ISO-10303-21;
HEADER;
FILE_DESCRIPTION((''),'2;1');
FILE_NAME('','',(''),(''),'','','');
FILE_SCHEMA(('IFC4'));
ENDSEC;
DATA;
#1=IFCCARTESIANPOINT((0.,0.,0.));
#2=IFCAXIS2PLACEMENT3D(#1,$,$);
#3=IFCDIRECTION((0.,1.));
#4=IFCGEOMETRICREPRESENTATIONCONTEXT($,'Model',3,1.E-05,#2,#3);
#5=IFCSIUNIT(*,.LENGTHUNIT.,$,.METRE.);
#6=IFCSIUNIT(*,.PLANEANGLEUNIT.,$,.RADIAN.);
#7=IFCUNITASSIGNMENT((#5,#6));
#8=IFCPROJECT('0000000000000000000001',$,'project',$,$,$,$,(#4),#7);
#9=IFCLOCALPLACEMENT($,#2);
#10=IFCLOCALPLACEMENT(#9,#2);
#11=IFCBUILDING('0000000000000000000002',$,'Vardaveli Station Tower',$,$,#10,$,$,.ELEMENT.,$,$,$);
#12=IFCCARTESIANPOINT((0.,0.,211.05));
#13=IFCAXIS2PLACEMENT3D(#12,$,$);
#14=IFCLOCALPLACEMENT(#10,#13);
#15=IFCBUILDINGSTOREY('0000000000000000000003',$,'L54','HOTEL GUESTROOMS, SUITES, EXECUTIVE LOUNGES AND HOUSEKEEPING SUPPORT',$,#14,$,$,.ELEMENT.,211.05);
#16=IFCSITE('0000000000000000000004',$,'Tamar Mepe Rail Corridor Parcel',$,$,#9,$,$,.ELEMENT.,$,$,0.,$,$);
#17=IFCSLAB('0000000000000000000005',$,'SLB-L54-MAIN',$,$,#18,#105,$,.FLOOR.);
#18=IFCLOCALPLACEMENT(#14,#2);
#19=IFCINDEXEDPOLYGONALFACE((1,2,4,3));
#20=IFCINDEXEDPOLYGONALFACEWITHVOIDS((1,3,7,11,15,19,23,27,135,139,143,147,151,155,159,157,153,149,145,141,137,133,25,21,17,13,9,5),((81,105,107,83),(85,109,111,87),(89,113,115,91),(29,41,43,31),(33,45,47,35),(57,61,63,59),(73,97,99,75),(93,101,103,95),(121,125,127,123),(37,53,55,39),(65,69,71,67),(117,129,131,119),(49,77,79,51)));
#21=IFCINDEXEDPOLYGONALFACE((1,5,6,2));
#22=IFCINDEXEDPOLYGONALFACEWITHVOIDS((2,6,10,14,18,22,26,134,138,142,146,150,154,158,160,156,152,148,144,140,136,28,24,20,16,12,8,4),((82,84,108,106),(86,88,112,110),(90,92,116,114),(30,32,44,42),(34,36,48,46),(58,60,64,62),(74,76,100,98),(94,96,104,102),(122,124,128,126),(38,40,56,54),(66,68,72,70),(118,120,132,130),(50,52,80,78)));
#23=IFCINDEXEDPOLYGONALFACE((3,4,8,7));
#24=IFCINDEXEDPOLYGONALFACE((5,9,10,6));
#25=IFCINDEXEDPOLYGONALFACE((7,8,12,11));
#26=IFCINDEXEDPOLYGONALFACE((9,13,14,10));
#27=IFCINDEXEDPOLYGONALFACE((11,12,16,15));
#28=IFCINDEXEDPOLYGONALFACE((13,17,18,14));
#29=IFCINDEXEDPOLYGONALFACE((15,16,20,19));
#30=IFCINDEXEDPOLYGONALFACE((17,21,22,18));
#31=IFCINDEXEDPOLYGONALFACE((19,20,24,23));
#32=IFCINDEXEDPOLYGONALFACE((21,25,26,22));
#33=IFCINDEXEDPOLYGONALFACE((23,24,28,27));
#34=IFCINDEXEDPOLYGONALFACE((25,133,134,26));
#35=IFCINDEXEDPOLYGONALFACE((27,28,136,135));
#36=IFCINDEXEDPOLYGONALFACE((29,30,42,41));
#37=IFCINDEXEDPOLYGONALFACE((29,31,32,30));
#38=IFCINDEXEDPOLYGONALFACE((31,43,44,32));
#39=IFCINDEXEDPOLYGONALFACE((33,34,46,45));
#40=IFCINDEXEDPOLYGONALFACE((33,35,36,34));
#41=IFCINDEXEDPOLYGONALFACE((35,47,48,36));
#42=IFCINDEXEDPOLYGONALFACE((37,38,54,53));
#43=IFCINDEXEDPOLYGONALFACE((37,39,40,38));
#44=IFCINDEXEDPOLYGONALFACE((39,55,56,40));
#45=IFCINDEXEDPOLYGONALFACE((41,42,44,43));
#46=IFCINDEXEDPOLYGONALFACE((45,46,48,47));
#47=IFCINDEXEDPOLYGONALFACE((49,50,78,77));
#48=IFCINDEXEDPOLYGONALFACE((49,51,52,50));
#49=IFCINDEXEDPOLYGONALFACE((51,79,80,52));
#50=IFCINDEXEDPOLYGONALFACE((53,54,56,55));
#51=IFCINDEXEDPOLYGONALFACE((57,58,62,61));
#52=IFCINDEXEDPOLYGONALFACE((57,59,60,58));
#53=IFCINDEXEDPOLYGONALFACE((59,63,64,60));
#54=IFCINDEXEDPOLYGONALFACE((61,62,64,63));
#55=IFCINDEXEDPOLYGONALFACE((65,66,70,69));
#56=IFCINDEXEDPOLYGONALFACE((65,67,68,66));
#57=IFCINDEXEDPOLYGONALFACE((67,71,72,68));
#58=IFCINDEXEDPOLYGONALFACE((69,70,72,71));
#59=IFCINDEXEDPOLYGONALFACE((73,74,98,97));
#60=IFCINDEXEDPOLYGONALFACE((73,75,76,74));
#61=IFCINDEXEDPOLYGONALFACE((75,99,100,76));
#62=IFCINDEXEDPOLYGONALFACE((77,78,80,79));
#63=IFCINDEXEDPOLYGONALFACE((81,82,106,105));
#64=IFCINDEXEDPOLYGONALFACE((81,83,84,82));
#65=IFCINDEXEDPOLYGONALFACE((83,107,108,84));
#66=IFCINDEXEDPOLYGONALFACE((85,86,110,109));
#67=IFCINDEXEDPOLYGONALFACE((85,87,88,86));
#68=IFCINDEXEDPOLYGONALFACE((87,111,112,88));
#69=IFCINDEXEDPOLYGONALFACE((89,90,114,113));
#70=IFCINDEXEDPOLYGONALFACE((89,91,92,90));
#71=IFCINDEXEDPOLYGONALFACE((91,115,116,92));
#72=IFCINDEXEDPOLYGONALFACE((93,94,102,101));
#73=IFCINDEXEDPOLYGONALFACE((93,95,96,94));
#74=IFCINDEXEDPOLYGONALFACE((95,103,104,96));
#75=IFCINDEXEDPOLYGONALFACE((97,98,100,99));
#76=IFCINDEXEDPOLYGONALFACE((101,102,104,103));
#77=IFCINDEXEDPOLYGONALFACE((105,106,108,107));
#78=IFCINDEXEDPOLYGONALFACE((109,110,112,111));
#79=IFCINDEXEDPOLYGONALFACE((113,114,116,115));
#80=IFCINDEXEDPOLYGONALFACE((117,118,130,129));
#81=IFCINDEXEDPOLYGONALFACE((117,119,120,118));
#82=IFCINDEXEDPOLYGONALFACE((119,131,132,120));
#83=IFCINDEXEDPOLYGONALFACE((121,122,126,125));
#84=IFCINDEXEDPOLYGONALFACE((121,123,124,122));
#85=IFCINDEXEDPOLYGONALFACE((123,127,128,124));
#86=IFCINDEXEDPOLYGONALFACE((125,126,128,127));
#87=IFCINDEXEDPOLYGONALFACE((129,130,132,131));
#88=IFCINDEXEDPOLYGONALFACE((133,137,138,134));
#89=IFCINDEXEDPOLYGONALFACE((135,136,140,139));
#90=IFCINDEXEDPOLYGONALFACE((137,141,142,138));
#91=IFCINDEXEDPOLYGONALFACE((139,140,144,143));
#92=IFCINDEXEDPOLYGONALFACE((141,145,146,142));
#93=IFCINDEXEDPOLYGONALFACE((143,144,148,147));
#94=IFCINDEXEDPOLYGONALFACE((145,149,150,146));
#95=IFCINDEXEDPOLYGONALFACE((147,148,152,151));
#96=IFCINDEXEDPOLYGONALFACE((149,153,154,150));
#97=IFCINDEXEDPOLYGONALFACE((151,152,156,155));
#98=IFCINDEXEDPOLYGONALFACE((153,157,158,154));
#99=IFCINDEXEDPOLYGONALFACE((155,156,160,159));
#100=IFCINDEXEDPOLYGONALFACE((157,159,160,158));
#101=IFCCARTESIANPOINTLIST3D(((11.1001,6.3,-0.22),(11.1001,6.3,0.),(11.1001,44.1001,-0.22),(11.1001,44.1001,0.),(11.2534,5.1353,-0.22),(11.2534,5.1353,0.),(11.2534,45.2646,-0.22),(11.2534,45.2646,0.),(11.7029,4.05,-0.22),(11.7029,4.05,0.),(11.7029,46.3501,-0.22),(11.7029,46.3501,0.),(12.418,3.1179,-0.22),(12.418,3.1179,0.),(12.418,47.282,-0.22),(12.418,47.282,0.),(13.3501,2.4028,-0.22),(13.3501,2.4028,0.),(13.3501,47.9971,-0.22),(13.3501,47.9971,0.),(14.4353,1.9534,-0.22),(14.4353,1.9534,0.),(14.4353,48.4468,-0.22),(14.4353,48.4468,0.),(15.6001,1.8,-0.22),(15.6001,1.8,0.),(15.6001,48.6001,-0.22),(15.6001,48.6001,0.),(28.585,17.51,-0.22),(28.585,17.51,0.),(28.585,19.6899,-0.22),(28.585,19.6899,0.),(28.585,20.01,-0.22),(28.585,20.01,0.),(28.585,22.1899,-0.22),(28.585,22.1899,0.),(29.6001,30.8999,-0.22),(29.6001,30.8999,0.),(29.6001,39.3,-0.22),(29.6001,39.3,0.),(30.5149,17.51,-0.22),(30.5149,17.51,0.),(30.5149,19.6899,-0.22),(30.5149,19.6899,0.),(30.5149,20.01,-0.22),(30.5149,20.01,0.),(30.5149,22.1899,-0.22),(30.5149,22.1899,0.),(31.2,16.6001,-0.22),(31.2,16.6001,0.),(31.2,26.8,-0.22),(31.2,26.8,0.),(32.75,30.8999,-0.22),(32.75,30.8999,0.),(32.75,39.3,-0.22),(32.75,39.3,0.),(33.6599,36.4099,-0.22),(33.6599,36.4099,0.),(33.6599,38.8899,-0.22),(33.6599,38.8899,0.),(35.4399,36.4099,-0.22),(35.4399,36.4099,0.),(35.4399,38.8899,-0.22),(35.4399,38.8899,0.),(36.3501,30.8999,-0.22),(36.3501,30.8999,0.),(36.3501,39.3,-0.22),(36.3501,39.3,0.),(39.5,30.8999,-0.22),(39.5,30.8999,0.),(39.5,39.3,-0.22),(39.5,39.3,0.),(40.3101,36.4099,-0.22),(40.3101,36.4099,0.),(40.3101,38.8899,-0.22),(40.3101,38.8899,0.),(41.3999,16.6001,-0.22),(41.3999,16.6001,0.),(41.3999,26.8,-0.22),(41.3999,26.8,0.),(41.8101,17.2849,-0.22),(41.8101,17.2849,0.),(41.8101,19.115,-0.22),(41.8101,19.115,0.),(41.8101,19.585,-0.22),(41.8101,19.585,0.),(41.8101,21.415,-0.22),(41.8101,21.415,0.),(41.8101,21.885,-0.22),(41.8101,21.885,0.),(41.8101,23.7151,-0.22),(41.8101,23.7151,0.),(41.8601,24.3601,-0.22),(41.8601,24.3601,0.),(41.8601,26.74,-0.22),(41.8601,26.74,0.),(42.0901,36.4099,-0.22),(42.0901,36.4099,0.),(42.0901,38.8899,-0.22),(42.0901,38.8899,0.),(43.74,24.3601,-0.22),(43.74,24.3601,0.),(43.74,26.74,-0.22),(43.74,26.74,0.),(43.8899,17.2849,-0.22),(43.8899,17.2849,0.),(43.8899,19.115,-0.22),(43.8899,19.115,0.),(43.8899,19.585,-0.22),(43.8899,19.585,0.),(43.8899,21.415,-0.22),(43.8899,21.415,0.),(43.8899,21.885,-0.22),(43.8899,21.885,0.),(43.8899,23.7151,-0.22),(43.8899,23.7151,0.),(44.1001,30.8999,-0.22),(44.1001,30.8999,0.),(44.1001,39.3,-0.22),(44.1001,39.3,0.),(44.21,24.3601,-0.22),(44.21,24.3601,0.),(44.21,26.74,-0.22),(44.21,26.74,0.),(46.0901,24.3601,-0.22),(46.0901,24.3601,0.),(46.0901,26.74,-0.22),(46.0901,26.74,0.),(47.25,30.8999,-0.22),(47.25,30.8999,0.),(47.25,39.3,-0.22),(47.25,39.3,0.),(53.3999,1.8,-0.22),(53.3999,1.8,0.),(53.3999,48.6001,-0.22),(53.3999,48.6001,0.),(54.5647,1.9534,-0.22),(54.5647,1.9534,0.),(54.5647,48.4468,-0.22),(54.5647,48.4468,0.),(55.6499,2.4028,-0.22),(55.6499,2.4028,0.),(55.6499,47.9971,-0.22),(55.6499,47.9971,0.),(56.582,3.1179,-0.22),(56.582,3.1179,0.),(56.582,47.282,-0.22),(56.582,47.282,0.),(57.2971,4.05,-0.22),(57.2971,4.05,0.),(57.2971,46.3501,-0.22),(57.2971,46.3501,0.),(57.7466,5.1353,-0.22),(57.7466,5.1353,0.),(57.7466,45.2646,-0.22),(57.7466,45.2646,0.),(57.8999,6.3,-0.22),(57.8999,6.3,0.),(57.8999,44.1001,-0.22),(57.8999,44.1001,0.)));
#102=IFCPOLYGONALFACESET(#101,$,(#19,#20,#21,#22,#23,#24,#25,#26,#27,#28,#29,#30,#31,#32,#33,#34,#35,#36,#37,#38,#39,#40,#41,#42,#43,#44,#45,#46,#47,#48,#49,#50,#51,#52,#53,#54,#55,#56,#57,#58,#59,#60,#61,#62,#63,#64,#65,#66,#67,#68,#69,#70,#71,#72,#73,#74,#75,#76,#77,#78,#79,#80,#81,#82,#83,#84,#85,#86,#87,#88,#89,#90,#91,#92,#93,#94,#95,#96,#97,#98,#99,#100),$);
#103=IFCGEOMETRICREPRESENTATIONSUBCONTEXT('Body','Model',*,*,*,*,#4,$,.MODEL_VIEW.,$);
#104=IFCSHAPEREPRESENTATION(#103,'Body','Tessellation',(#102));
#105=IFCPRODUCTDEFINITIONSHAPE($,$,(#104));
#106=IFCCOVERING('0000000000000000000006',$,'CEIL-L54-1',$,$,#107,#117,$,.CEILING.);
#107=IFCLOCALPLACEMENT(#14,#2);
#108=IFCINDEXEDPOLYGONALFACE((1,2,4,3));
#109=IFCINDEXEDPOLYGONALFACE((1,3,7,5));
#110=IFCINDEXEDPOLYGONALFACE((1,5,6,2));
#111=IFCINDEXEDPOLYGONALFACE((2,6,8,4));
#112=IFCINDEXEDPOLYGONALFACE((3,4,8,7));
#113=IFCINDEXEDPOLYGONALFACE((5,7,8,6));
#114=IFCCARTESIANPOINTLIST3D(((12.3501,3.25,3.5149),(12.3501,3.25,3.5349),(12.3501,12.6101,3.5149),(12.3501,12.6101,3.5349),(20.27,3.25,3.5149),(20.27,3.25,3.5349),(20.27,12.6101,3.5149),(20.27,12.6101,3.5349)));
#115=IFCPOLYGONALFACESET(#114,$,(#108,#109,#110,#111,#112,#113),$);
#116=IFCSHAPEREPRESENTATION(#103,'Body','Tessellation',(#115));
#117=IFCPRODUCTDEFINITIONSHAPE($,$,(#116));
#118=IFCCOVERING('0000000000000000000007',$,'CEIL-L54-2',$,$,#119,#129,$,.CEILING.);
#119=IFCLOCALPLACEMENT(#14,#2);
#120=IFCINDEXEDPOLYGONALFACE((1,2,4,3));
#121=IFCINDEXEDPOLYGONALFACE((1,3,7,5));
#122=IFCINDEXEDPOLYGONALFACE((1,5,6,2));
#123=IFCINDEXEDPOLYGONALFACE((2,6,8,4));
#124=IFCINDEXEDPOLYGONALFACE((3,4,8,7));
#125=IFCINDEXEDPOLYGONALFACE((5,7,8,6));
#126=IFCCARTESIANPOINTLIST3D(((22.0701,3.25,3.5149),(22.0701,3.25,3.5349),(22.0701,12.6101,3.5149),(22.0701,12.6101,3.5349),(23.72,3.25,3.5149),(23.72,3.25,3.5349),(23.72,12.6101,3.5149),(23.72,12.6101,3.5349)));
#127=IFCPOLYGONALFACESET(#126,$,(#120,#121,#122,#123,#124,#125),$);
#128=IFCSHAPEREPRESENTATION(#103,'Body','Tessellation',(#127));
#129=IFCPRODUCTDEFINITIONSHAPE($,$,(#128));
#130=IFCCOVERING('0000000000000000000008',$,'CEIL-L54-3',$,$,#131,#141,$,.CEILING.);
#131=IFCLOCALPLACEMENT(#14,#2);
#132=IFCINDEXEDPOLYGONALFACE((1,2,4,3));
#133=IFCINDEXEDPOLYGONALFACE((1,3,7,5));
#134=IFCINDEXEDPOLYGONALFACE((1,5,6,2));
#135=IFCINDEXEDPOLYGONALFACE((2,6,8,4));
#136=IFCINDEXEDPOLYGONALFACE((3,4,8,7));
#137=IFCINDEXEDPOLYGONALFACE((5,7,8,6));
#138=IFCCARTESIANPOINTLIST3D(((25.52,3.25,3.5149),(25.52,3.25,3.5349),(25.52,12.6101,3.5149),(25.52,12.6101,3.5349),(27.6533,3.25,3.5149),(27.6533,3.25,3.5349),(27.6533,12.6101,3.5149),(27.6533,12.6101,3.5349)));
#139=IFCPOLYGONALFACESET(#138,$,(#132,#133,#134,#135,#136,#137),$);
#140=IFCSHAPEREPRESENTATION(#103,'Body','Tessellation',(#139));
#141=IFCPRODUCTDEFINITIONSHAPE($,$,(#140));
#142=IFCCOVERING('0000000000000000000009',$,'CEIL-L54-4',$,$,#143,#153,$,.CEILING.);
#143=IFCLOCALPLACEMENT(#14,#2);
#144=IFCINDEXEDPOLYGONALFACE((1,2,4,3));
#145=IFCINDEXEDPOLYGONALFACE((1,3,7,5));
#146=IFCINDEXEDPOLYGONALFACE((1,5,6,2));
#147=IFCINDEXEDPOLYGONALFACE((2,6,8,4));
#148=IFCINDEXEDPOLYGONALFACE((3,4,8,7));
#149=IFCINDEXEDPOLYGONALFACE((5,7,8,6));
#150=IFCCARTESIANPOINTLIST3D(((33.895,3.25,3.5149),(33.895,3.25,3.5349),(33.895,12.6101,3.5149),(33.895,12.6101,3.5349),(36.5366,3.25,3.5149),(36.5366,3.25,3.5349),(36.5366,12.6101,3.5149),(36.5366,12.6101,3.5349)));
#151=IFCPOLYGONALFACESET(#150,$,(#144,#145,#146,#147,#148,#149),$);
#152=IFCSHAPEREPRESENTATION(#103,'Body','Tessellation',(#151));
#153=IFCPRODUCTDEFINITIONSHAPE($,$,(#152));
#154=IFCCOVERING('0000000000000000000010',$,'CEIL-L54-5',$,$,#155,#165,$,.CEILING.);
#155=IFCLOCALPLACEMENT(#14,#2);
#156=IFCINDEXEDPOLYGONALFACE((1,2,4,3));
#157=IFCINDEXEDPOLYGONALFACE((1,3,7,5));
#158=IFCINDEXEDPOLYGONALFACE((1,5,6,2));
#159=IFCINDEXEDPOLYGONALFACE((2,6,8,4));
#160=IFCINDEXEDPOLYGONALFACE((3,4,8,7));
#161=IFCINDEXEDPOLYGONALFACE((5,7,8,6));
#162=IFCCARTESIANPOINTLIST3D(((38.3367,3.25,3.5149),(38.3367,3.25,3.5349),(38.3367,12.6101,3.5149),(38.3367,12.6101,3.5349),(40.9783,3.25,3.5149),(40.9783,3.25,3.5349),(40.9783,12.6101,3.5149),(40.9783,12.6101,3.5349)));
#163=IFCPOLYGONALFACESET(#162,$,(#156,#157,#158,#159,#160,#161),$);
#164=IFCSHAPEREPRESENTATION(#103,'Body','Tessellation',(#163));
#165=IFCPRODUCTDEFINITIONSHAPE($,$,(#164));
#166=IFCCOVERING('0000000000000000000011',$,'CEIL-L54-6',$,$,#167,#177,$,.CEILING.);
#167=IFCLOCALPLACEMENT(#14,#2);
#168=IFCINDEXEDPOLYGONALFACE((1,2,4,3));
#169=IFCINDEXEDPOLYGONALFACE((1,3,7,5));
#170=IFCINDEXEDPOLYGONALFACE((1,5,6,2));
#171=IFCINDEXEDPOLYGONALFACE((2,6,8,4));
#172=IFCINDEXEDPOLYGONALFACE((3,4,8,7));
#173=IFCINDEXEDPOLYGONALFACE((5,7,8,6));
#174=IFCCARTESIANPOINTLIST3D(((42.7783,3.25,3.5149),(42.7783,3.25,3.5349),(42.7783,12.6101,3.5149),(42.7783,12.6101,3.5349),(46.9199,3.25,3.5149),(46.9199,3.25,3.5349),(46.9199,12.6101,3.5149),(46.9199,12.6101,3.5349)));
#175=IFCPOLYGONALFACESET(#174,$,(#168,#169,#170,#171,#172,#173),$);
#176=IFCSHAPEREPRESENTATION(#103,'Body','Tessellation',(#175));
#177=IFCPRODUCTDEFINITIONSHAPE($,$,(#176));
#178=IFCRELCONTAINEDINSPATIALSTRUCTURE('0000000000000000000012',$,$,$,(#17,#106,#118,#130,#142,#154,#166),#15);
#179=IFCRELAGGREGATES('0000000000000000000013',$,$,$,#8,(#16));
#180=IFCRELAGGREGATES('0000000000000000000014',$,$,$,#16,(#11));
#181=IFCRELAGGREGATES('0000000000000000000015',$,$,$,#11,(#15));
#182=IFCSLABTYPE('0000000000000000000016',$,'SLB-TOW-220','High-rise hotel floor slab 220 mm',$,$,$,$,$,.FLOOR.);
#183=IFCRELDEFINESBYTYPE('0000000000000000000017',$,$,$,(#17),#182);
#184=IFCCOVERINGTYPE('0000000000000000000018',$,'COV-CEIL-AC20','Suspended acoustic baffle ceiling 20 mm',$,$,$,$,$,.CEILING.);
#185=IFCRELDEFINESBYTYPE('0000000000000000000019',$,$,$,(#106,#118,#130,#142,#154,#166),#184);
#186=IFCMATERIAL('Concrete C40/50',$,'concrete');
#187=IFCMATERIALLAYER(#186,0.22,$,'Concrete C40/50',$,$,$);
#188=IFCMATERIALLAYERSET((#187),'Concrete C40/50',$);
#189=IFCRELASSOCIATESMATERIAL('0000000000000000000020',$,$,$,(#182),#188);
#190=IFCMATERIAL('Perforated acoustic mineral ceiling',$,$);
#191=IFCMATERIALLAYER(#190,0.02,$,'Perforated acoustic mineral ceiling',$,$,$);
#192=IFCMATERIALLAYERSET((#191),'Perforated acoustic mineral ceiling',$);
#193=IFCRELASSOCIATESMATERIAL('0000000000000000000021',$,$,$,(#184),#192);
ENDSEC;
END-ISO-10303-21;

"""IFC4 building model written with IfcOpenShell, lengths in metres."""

from ifc_helpers import new_model, si_unit, direction, frame, origin, place, context, subcontext, project, spatial, polyline, outline, extrude, material, layer, layer_set, type_object, element, save


model = new_model("IFC4")

# Units and contexts
model_context = context("Model", 3, precision=1e-05, world=origin(), true_north=direction((0.0, 1.0)))
body_context = subcontext(model_context, "Body", "Model", "MODEL_VIEW")
ifc_project = project(units=[si_unit("LENGTHUNIT", "METRE"), si_unit("PLANEANGLEUNIT", "RADIAN")], contexts=[model_context])

# Site, building, storey
site_placement = place(None, origin())
site = spatial("IfcSite", under=ifc_project, at=site_placement, Name="Tamar Mepe Rail Corridor Parcel", CompositionType="ELEMENT", RefElevation=0.0)
building_placement = place(site_placement, origin())
building = spatial("IfcBuilding", under=site, at=building_placement, Name="Vardaveli Station Tower", CompositionType="ELEMENT")
storey_placement = place(building_placement, frame((0.0, 0.0, 211.05)))
storey = spatial("IfcBuildingStorey", under=building, at=storey_placement, Name="L54", Description="HOTEL GUESTROOMS, SUITES, EXECUTIVE LOUNGES AND HOUSEKEEPING SUPPORT", CompositionType="ELEMENT", Elevation=211.05)

# Shared definitions
ifc_material_1 = material(Name="Concrete C40/50", Category="concrete")

# Slab
ifc_layer_1 = layer(ifc_material_1, 0.22, Name="Concrete C40/50")
ifc_layer_set_1 = layer_set([ifc_layer_1], Name="Concrete C40/50")
slab_type_1 = type_object("IfcSlabType", Name="SLB-TOW-220", Description="High-rise hotel floor slab 220 mm", PredefinedType="FLOOR", material=ifc_layer_set_1)
slab_1_placement = place(storey_placement, frame((0.0, 0.0, -0.22)))
element("IfcSlab", 1, at=slab_1_placement, inside=storey, type_object=slab_type_1, Name="SLB-L54-MAIN", PredefinedType="FLOOR", context=body_context, shape_type="SweptSolid", body=[
    extrude(outline(polyline([(11.1001, 6.3), (11.2534, 5.1353), (11.7029, 4.05), (12.418, 3.1179), (13.3501, 2.4028), (14.4353, 1.9534), (15.6001, 1.8), (53.3999, 1.8), (54.5647, 1.9534), (55.6499, 2.4028), (56.582, 3.1179), (57.2971, 4.05), (57.7466, 5.1353), (57.8999, 6.3), (57.8999, 44.1001), (57.7466, 45.2646), (57.2971, 46.3501), (56.582, 47.282), (55.6499, 47.9971), (54.5647, 48.4468), (53.3999, 48.6001), (15.6001, 48.6001), (14.4353, 48.4468), (13.3501, 47.9971), (12.418, 47.282), (11.7029, 46.3501), (11.2534, 45.2646), (11.1001, 44.1001), (11.1001, 6.3)]), holes=[polyline([(31.2, 16.6001), (41.3999, 16.6001), (41.3999, 26.8), (31.2, 26.8), (31.2, 16.6001)]), polyline([(32.75, 30.8999), (32.75, 39.3), (29.6001, 39.3), (29.6001, 30.8999), (32.75, 30.8999)]), polyline([(39.5, 30.8999), (39.5, 39.3), (36.3501, 39.3), (36.3501, 30.8999), (39.5, 30.8999)]), polyline([(47.25, 30.8999), (47.25, 39.3), (44.1001, 39.3), (44.1001, 30.8999), (47.25, 30.8999)]), polyline([(33.6599, 36.4099), (35.4399, 36.4099), (35.4399, 38.8899), (33.6599, 38.8899), (33.6599, 36.4099)]), polyline([(40.3101, 36.4099), (42.0901, 36.4099), (42.0901, 38.8899), (40.3101, 38.8899), (40.3101, 36.4099)]), polyline([(41.8101, 21.885), (43.8899, 21.885), (43.8899, 23.7151), (41.8101, 23.7151), (41.8101, 21.885)]), polyline([(41.8101, 19.585), (43.8899, 19.585), (43.8899, 21.415), (41.8101, 21.415), (41.8101, 19.585)]), polyline([(41.8101, 17.2849), (43.8899, 17.2849), (43.8899, 19.115), (41.8101, 19.115), (41.8101, 17.2849)]), polyline([(28.585, 17.51), (30.5149, 17.51), (30.5149, 19.6899), (28.585, 19.6899), (28.585, 17.51)]), polyline([(28.585, 20.01), (30.5149, 20.01), (30.5149, 22.1899), (28.585, 22.1899), (28.585, 20.01)]), polyline([(41.8601, 24.3601), (43.74, 24.3601), (43.74, 26.74), (41.8601, 26.74), (41.8601, 24.3601)]), polyline([(44.21, 24.3601), (46.0901, 24.3601), (46.0901, 26.74), (44.21, 26.74), (44.21, 24.3601)])]), origin(), (0.0, 0.0, 1.0), 0.22),
])

# Coverings
ifc_material_2 = material(Name="Perforated acoustic mineral ceiling")
ifc_layer_2 = layer(ifc_material_2, 0.02, Name="Perforated acoustic mineral ceiling")
ifc_layer_set_2 = layer_set([ifc_layer_2], Name="Perforated acoustic mineral ceiling")
covering_type_1 = type_object("IfcCoveringType", Name="COV-CEIL-AC20", Description="Suspended acoustic baffle ceiling 20 mm", PredefinedType="CEILING", material=ifc_layer_set_2)
covering_1_placement = place(storey_placement, frame((0.0, 0.0, 3.5149)))
element("IfcCovering", 2, at=covering_1_placement, inside=storey, type_object=covering_type_1, Name="CEIL-L54-1", PredefinedType="CEILING", context=body_context, shape_type="SweptSolid", body=[
    extrude(outline(polyline([(12.3501, 3.25), (20.27, 3.25), (20.27, 12.6101), (12.3501, 12.6101), (12.3501, 3.25)])), origin(), (0.0, 0.0, 1.0), 0.02),
])
covering_2_placement = place(storey_placement, frame((0.0, 0.0, 3.5149)))
element("IfcCovering", 3, at=covering_2_placement, inside=storey, type_object=covering_type_1, Name="CEIL-L54-2", PredefinedType="CEILING", context=body_context, shape_type="SweptSolid", body=[
    extrude(outline(polyline([(22.0701, 3.25), (23.72, 3.25), (23.72, 12.6101), (22.0701, 12.6101), (22.0701, 3.25)])), origin(), (0.0, 0.0, 1.0), 0.02),
])
covering_3_placement = place(storey_placement, frame((0.0, 0.0, 3.5149)))
element("IfcCovering", 4, at=covering_3_placement, inside=storey, type_object=covering_type_1, Name="CEIL-L54-3", PredefinedType="CEILING", context=body_context, shape_type="SweptSolid", body=[
    extrude(outline(polyline([(25.52, 3.25), (27.6533, 3.25), (27.6533, 12.6101), (25.52, 12.6101), (25.52, 3.25)])), origin(), (0.0, 0.0, 1.0), 0.02),
])
covering_4_placement = place(storey_placement, frame((0.0, 0.0, 3.5149)))
element("IfcCovering", 5, at=covering_4_placement, inside=storey, type_object=covering_type_1, Name="CEIL-L54-4", PredefinedType="CEILING", context=body_context, shape_type="SweptSolid", body=[
    extrude(outline(polyline([(33.895, 3.25), (36.5366, 3.25), (36.5366, 12.6101), (33.895, 12.6101), (33.895, 3.25)])), origin(), (0.0, 0.0, 1.0), 0.02),
])
covering_5_placement = place(storey_placement, frame((0.0, 0.0, 3.5149)))
element("IfcCovering", 6, at=covering_5_placement, inside=storey, type_object=covering_type_1, Name="CEIL-L54-5", PredefinedType="CEILING", context=body_context, shape_type="SweptSolid", body=[
    extrude(outline(polyline([(38.3367, 3.25), (40.9783, 3.25), (40.9783, 12.6101), (38.3367, 12.6101), (38.3367, 3.25)])), origin(), (0.0, 0.0, 1.0), 0.02),
])
covering_6_placement = place(storey_placement, frame((0.0, 0.0, 3.5149)))
element("IfcCovering", 7, at=covering_6_placement, inside=storey, type_object=covering_type_1, Name="CEIL-L54-6", PredefinedType="CEILING", context=body_context, shape_type="SweptSolid", body=[
    extrude(outline(polyline([(42.7783, 3.25), (46.9199, 3.25), (46.9199, 12.6101), (42.7783, 12.6101), (42.7783, 3.25)])), origin(), (0.0, 0.0, 1.0), 0.02),
])

save(model, "model.ifc")
